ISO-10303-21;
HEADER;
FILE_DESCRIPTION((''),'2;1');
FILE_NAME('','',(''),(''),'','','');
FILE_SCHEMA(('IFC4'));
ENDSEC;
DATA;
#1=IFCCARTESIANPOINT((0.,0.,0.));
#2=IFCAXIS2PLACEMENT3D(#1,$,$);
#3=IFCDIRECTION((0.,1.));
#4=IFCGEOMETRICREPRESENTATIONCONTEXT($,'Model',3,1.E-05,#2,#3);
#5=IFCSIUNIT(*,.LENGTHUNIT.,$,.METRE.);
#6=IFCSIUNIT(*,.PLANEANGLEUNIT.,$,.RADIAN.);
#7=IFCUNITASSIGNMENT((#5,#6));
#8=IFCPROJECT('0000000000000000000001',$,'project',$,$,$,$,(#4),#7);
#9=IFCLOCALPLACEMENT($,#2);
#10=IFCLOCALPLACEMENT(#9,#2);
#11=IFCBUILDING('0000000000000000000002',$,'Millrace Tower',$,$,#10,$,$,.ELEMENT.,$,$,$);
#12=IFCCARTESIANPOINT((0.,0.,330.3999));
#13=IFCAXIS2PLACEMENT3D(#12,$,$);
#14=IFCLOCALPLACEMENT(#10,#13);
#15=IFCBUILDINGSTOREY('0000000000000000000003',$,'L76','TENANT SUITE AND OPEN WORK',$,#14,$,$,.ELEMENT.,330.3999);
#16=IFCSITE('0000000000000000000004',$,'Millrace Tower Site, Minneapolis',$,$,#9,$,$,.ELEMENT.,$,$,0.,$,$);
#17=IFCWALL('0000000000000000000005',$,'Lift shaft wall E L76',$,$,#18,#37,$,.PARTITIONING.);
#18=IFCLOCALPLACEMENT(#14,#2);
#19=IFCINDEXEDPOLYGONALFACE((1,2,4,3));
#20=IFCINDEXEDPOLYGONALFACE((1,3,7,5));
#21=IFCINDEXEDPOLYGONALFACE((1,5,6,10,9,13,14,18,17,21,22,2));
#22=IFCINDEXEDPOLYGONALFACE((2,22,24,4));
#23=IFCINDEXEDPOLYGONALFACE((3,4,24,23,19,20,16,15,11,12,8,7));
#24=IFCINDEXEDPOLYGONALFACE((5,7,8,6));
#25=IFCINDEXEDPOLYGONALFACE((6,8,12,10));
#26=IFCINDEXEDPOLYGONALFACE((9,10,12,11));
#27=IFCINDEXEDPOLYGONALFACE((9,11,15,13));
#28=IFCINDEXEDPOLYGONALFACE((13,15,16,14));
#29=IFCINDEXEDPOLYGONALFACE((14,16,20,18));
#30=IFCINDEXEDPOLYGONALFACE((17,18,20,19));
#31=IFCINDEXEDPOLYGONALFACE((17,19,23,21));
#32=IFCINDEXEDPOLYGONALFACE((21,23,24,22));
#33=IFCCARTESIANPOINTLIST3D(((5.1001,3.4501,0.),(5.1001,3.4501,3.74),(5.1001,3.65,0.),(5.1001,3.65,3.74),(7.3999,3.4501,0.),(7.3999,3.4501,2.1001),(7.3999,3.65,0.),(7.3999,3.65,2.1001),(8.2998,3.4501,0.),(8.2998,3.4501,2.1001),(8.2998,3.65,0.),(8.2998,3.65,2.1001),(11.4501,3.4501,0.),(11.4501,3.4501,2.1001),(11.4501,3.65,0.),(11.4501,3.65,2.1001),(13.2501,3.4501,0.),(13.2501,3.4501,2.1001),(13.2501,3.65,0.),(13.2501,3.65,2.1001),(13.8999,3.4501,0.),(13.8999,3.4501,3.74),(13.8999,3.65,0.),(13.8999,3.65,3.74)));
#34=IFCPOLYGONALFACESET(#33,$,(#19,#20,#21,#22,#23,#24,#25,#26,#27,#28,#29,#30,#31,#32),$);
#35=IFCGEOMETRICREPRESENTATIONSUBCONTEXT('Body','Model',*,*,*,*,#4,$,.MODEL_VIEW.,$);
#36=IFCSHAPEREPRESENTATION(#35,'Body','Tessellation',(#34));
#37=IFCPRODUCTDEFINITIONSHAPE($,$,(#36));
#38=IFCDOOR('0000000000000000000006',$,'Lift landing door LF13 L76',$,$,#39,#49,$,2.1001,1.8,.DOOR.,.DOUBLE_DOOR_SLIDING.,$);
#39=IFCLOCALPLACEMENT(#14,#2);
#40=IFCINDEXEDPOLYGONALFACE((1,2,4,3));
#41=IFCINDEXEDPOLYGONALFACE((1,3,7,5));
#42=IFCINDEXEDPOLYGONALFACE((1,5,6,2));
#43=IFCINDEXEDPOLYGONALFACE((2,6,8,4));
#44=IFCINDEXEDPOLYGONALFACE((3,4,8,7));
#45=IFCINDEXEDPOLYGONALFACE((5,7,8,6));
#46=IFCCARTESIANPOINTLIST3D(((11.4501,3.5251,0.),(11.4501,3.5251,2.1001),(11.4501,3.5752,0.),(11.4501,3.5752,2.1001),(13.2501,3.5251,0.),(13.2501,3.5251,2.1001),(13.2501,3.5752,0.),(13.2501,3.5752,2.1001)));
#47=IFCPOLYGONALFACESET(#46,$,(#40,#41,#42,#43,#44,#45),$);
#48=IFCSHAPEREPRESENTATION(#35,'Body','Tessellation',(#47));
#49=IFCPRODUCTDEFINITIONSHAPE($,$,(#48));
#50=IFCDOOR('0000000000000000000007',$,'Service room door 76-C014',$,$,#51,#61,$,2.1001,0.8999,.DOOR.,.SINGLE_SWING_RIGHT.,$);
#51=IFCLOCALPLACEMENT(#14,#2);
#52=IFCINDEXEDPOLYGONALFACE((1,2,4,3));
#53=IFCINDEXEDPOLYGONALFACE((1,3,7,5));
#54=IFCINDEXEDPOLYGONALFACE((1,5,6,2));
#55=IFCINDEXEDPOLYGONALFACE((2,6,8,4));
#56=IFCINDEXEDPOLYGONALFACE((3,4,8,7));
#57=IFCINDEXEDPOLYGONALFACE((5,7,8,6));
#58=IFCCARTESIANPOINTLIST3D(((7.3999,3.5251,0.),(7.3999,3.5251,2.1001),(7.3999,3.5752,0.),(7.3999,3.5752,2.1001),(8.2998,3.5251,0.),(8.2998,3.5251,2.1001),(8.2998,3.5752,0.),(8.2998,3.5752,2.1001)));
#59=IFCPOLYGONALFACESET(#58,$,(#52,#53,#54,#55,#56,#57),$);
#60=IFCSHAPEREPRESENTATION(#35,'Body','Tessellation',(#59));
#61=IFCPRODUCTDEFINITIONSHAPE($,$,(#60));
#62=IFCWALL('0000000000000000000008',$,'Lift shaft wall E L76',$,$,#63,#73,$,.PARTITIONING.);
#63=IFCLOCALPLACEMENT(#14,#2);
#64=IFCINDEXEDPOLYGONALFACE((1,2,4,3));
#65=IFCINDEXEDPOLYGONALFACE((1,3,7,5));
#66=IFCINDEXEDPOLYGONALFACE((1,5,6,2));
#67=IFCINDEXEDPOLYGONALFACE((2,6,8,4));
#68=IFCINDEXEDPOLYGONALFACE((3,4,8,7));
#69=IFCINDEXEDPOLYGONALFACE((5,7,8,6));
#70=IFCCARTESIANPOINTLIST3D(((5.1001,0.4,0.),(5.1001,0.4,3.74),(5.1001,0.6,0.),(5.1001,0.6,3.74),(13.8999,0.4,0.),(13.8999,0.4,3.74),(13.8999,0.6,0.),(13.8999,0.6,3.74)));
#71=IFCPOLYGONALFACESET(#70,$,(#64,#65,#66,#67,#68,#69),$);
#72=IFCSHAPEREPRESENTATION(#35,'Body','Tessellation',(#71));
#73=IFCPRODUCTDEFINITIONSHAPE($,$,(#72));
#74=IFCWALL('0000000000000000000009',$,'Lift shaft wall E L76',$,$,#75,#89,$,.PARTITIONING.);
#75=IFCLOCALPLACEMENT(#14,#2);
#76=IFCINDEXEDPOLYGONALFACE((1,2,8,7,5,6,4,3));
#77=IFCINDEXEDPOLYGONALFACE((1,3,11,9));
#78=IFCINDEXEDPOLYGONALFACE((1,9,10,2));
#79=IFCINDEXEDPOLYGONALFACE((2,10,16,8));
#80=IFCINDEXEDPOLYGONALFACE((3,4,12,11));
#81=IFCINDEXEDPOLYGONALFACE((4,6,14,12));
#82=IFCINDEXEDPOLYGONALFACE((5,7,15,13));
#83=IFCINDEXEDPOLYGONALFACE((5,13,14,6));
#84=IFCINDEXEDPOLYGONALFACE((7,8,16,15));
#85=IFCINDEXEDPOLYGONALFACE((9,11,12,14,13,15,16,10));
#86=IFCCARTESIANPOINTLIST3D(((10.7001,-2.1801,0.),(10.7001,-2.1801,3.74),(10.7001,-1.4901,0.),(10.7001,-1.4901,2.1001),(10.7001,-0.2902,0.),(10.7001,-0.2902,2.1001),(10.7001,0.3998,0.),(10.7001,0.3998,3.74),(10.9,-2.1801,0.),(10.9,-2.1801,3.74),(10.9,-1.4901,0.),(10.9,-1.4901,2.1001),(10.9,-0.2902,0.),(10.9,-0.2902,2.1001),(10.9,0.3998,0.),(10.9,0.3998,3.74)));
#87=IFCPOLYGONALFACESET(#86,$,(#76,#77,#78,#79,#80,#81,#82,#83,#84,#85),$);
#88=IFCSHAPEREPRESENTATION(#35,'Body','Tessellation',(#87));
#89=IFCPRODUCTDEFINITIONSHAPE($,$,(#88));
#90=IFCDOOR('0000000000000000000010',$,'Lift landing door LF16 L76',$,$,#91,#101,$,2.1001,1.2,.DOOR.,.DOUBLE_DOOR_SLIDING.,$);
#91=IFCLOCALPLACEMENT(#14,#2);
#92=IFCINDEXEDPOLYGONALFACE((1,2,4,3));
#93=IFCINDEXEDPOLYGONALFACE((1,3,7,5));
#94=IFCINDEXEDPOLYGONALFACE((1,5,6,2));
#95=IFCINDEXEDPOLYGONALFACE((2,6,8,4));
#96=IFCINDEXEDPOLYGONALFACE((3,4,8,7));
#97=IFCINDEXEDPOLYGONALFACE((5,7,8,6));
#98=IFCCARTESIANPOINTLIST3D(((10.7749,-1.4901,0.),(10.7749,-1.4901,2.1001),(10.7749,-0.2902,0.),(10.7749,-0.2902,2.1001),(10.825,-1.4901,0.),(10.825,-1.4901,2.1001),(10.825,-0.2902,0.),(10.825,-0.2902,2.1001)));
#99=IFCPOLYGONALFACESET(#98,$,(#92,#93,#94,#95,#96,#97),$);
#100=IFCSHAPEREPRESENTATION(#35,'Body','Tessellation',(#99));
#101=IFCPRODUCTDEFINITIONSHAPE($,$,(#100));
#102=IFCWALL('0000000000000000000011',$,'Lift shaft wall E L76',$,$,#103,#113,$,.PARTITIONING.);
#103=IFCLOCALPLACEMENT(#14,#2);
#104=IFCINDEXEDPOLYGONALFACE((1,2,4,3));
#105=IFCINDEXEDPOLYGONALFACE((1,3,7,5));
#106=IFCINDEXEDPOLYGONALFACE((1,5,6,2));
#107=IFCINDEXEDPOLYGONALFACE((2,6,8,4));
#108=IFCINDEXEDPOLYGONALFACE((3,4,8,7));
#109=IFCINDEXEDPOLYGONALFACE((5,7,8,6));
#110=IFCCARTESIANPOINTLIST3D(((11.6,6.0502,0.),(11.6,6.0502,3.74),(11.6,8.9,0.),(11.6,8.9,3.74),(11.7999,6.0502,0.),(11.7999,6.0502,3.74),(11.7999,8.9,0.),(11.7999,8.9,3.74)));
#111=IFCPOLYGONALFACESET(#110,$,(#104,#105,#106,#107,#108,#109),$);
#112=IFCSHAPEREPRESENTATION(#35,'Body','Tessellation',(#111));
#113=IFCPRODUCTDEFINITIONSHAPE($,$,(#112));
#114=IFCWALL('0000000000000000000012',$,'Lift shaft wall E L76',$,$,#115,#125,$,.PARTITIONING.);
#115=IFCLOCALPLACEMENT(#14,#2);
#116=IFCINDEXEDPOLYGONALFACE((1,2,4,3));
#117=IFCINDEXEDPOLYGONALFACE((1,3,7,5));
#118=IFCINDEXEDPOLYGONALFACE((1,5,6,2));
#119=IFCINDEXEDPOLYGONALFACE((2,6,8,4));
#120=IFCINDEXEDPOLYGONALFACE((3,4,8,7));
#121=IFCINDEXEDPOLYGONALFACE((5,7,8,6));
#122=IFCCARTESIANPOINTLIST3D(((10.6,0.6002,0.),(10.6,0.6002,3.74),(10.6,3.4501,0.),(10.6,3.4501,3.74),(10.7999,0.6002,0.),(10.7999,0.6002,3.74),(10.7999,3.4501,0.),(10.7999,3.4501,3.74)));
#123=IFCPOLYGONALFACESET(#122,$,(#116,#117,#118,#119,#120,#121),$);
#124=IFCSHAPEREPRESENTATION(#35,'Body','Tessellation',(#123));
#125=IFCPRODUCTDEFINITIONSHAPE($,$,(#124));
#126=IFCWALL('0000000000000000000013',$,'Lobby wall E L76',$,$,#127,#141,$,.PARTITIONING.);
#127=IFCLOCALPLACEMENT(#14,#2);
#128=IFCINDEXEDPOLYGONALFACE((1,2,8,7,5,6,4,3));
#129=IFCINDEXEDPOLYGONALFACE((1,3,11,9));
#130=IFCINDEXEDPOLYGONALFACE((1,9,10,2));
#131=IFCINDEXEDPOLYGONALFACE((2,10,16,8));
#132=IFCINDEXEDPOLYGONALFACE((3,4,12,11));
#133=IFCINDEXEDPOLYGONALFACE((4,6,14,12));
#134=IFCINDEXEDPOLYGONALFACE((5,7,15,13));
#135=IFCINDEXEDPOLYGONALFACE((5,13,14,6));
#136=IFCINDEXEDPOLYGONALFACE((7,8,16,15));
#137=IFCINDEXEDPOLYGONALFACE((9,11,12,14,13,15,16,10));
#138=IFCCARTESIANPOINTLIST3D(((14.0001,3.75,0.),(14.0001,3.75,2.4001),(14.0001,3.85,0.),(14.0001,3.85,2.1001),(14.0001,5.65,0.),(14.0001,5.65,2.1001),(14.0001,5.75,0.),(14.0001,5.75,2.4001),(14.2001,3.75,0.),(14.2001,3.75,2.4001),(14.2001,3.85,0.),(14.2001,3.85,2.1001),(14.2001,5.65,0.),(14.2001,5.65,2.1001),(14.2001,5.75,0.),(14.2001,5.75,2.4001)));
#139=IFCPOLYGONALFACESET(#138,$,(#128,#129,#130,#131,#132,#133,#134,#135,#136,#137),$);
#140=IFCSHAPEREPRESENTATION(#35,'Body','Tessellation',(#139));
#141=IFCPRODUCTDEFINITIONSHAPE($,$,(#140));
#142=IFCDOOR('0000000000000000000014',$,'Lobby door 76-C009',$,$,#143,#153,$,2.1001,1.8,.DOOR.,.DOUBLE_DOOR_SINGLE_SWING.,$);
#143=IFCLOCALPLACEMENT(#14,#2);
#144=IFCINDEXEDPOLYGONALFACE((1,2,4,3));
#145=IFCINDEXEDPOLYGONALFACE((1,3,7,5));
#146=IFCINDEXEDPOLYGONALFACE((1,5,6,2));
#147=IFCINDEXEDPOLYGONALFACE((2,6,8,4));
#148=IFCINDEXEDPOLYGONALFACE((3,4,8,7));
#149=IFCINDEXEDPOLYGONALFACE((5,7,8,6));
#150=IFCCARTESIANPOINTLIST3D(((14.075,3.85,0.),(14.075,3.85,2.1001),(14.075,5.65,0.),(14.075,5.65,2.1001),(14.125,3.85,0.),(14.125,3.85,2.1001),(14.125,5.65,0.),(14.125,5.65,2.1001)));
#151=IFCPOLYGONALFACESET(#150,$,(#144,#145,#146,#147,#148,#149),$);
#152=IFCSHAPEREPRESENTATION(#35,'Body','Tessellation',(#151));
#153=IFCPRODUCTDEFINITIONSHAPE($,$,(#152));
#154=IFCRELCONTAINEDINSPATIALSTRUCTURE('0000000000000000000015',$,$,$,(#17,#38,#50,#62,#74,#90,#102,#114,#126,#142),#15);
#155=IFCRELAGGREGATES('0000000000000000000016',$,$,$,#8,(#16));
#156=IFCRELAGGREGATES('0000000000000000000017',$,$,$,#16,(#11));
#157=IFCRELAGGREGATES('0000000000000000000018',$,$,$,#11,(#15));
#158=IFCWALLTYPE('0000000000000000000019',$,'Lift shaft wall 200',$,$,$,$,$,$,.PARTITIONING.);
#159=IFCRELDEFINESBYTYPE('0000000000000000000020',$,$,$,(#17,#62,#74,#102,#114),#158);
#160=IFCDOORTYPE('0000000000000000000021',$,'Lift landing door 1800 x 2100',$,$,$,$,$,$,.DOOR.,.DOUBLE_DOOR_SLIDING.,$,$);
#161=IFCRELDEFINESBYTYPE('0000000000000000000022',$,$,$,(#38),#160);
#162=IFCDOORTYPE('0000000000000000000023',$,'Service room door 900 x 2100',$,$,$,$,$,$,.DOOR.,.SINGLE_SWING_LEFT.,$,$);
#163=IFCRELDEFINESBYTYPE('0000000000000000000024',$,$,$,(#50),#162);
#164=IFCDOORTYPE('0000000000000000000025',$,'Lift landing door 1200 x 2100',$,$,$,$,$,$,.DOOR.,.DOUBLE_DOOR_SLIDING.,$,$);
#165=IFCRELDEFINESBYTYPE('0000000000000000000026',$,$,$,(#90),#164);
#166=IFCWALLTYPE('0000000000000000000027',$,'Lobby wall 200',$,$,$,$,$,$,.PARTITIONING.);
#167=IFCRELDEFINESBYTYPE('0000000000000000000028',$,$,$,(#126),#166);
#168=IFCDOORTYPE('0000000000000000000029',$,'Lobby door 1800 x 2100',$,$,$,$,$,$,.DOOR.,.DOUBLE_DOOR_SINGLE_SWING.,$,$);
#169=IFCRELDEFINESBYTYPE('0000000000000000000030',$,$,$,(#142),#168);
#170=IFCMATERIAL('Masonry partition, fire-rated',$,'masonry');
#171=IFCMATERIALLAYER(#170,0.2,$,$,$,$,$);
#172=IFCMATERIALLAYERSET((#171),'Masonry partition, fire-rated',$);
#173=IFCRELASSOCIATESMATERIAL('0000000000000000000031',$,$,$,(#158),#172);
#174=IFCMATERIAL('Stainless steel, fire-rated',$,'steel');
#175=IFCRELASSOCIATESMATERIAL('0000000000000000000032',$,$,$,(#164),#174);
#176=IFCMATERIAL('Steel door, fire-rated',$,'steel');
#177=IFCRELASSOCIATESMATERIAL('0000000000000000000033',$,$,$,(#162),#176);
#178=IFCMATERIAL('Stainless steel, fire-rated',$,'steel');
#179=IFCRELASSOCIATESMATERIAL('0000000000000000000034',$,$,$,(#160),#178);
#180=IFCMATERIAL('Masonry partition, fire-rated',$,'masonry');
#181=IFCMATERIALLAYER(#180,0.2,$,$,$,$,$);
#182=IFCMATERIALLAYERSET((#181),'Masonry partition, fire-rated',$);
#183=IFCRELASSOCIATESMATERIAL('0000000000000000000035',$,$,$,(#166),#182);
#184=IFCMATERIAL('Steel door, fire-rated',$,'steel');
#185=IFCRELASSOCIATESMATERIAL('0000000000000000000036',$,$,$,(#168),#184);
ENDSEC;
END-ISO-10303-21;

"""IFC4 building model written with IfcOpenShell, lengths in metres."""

from ifc_helpers import new_model, si_unit, direction, frame, frame_2d, origin, place, context, subcontext, project, spatial, rectangle, extrude, material, layer, layer_set, type_object, element, fill, save


model = new_model("IFC4")

# Units and contexts
model_context = context("Model", 3, precision=1e-05, world=origin(), true_north=direction((0.0, 1.0)))
body_context = subcontext(model_context, "Body", "Model", "MODEL_VIEW")
ifc_project = project(units=[si_unit("LENGTHUNIT", "METRE"), si_unit("PLANEANGLEUNIT", "RADIAN")], contexts=[model_context])

# Site, building, storey
site_placement = place(None, origin())
site = spatial("IfcSite", under=ifc_project, at=site_placement, Name="Millrace Tower Site, Minneapolis", CompositionType="ELEMENT", RefElevation=0.0)
building_placement = place(site_placement, origin())
building = spatial("IfcBuilding", under=site, at=building_placement, Name="Millrace Tower", CompositionType="ELEMENT")
storey_placement = place(building_placement, frame((0.0, 0.0, 330.3999)))
storey = spatial("IfcBuildingStorey", under=building, at=storey_placement, Name="L76", Description="TENANT SUITE AND OPEN WORK", CompositionType="ELEMENT", Elevation=330.3999)

# Wall, openings, doors
ifc_material_1 = material(Name="Masonry partition, fire-rated", Category="masonry")
ifc_layer_1 = layer(ifc_material_1, 0.2)
ifc_layer_set_1 = layer_set([ifc_layer_1], Name="Masonry partition, fire-rated")
wall_type_1 = type_object("IfcWallType", Name="Lift shaft wall 200", PredefinedType="PARTITIONING", material=ifc_layer_set_1)
ifc_material_2 = material(Name="Stainless steel, fire-rated", Category="steel")
door_type_1 = type_object("IfcDoorType", Name="Lift landing door 1200 x 2100", OperationType="DOUBLE_DOOR_SLIDING", PredefinedType="DOOR", material=ifc_material_2)
ifc_material_3 = material(Name="Steel door, fire-rated", Category="steel")
door_type_2 = type_object("IfcDoorType", Name="Service room door 900 x 2100", OperationType="SINGLE_SWING_LEFT", PredefinedType="DOOR", material=ifc_material_3)
wall_1_placement = place(storey_placement, frame((13.8999, 3.55, 0.0), z_axis=(0.0, 0.0, 1.0), x_axis=(-1.0, 0.0, 0.0)))
wall_1 = element("IfcWall", 1, at=wall_1_placement, inside=storey, type_object=wall_type_1, Name="Lift shaft wall E L76", PredefinedType="PARTITIONING", context=body_context, shape_type="SweptSolid", body=[
    extrude(rectangle(XDim=8.7998, YDim=0.2, at=frame_2d((4.3999, 0.0))), origin(), (0.0, 0.0, 1.0), 3.74),
])
opening_1_placement = place(wall_1_placement, frame((0.6499, 0.0, 0.0)))
opening_1 = element("IfcOpeningElement", 2, at=opening_1_placement, cuts=wall_1, PredefinedType="OPENING", context=body_context, shape_type="SweptSolid", body=[
    extrude(rectangle(XDim=1.8, YDim=2.1001, at=frame_2d((0.8999, 1.05))), frame((0.0, 0.1099, 0.0), z_axis=(0.0, -1.0, 0.0), x_axis=(1.0, 0.0, 0.0)), (0.0, 0.0, 1.0), 0.22),
])
opening_2_placement = place(wall_1_placement, frame((5.6001, 0.0, 0.0)))
opening_2 = element("IfcOpeningElement", 3, at=opening_2_placement, cuts=wall_1, PredefinedType="OPENING", context=body_context, shape_type="SweptSolid", body=[
    extrude(rectangle(XDim=0.8999, YDim=2.1001, at=frame_2d((0.45, 1.05))), frame((0.0, 0.1099, 0.0), z_axis=(0.0, -1.0, 0.0), x_axis=(1.0, 0.0, 0.0)), (0.0, 0.0, 1.0), 0.22),
])
ifc_material_4 = material(Name="Stainless steel, fire-rated", Category="steel")
door_type_3 = type_object("IfcDoorType", Name="Lift landing door 1800 x 2100", OperationType="DOUBLE_DOOR_SLIDING", PredefinedType="DOOR", material=ifc_material_4)
door_1_placement = place(opening_1_placement, origin())
door_1 = element("IfcDoor", 4, at=door_1_placement, inside=storey, type_object=door_type_3, Name="Lift landing door LF13 L76", OperationType="DOUBLE_DOOR_SLIDING", OverallHeight=2.1001, OverallWidth=1.8, PredefinedType="DOOR", context=body_context, shape_type="SweptSolid", body=[
    extrude(rectangle(XDim=1.8, YDim=2.1001, at=frame_2d((0.8999, 1.05))), frame((0.0, 0.0249, 0.0), z_axis=(0.0, -1.0, 0.0), x_axis=(1.0, 0.0, 0.0)), (0.0, 0.0, 1.0), 0.05),
])
fill(opening_1, door_1)
door_2_placement = place(opening_2_placement, origin())
door_2 = element("IfcDoor", 5, at=door_2_placement, inside=storey, type_object=door_type_2, Name="Service room door 76-C014", OperationType="SINGLE_SWING_RIGHT", OverallHeight=2.1001, OverallWidth=0.8999, PredefinedType="DOOR", context=body_context, shape_type="SweptSolid", body=[
    extrude(rectangle(XDim=0.8999, YDim=2.1001, at=frame_2d((0.45, 1.05))), frame((0.0, 0.0249, 0.0), z_axis=(0.0, -1.0, 0.0), x_axis=(1.0, 0.0, 0.0)), (0.0, 0.0, 1.0), 0.05),
])
fill(opening_2, door_2)

# Wall
wall_2_placement = place(storey_placement, frame((13.8999, 0.5, 0.0), z_axis=(0.0, 0.0, 1.0), x_axis=(-1.0, 0.0, 0.0)))
element("IfcWall", 6, at=wall_2_placement, inside=storey, type_object=wall_type_1, Name="Lift shaft wall E L76", PredefinedType="PARTITIONING", context=body_context, shape_type="SweptSolid", body=[
    extrude(rectangle(XDim=8.7998, YDim=0.2, at=frame_2d((4.3999, 0.0))), origin(), (0.0, 0.0, 1.0), 3.74),
])

# Wall, opening, door
wall_3_placement = place(storey_placement, frame((10.8, 0.3999, 0.0), z_axis=(0.0, 0.0, 1.0), x_axis=(0.0, -1.0, 0.0)))
wall_3 = element("IfcWall", 7, at=wall_3_placement, inside=storey, type_object=wall_type_1, Name="Lift shaft wall E L76", PredefinedType="PARTITIONING", context=body_context, shape_type="SweptSolid", body=[
    extrude(rectangle(XDim=2.5798, YDim=0.2, at=frame_2d((1.29, 0.0))), origin(), (0.0, 0.0, 1.0), 3.74),
])
opening_3_placement = place(wall_3_placement, frame((0.6899, 0.0, 0.0)))
opening_3 = element("IfcOpeningElement", 8, at=opening_3_placement, cuts=wall_3, PredefinedType="OPENING", context=body_context, shape_type="SweptSolid", body=[
    extrude(rectangle(XDim=1.2, YDim=2.1001, at=frame_2d((0.6001, 1.05))), frame((0.0, 0.1099, 0.0), z_axis=(0.0, -1.0, 0.0), x_axis=(1.0, 0.0, 0.0)), (0.0, 0.0, 1.0), 0.22),
])
door_3_placement = place(opening_3_placement, origin())
door_3 = element("IfcDoor", 9, at=door_3_placement, inside=storey, type_object=door_type_1, Name="Lift landing door LF16 L76", OperationType="DOUBLE_DOOR_SLIDING", OverallHeight=2.1001, OverallWidth=1.2, PredefinedType="DOOR", context=body_context, shape_type="SweptSolid", body=[
    extrude(rectangle(XDim=1.2, YDim=2.1001, at=frame_2d((0.6001, 1.05))), frame((0.0, 0.0249, 0.0), z_axis=(0.0, -1.0, 0.0), x_axis=(1.0, 0.0, 0.0)), (0.0, 0.0, 1.0), 0.05),
])
fill(opening_3, door_3)

# Walls
for number, where, z_axis, x_axis, name in (
    (10, (11.7, 8.8999, 0.0), (0.0, 0.0, 1.0), (0.0, -1.0, 0.0), "Lift shaft wall E L76"),
    (11, (10.7, 3.45, 0.0), (0.0, 0.0, 1.0), (0.0, -1.0, 0.0), "Lift shaft wall E L76"),
):
    element("IfcWall", number, at=place(storey_placement, frame(where, z_axis=z_axis, x_axis=x_axis)), inside=storey, type_object=wall_type_1, Name=name, PredefinedType="PARTITIONING", context=body_context, shape_type="SweptSolid", body=[
        extrude(rectangle(XDim=2.8499, YDim=0.2, at=frame_2d((1.4248, 0.0))), origin(), (0.0, 0.0, 1.0), 3.74),
    ])

# Wall, opening, door
ifc_material_5 = material(Name="Masonry partition, fire-rated", Category="masonry")
ifc_layer_2 = layer(ifc_material_5, 0.2)
ifc_layer_set_2 = layer_set([ifc_layer_2], Name="Masonry partition, fire-rated")
wall_type_2 = type_object("IfcWallType", Name="Lobby wall 200", PredefinedType="PARTITIONING", material=ifc_layer_set_2)
wall_4_placement = place(storey_placement, frame((14.1001, 5.75, 0.0), z_axis=(0.0, 0.0, 1.0), x_axis=(0.0, -1.0, 0.0)))
wall_4 = element("IfcWall", 12, at=wall_4_placement, inside=storey, type_object=wall_type_2, Name="Lobby wall E L76", PredefinedType="PARTITIONING", context=body_context, shape_type="SweptSolid", body=[
    extrude(rectangle(XDim=2.0, YDim=0.2, at=frame_2d((1.0, 0.0))), origin(), (0.0, 0.0, 1.0), 2.4001),
])
opening_4_placement = place(wall_4_placement, frame((0.1001, 0.0, 0.0)))
opening_4 = element("IfcOpeningElement", 13, at=opening_4_placement, cuts=wall_4, PredefinedType="OPENING", context=body_context, shape_type="SweptSolid", body=[
    extrude(rectangle(XDim=1.8, YDim=2.1001, at=frame_2d((0.8999, 1.05))), frame((0.0, 0.1099, 0.0), z_axis=(0.0, -1.0, 0.0), x_axis=(1.0, 0.0, 0.0)), (0.0, 0.0, 1.0), 0.22),
])
ifc_material_6 = material(Name="Steel door, fire-rated", Category="steel")
door_type_4 = type_object("IfcDoorType", Name="Lobby door 1800 x 2100", OperationType="DOUBLE_DOOR_SINGLE_SWING", PredefinedType="DOOR", material=ifc_material_6)
door_4_placement = place(opening_4_placement, origin())
door_4 = element("IfcDoor", 14, at=door_4_placement, inside=storey, type_object=door_type_4, Name="Lobby door 76-C009", OperationType="DOUBLE_DOOR_SINGLE_SWING", OverallHeight=2.1001, OverallWidth=1.8, PredefinedType="DOOR", context=body_context, shape_type="SweptSolid", body=[
    extrude(rectangle(XDim=1.8, YDim=2.1001, at=frame_2d((0.8999, 1.05))), frame((0.0, 0.0249, 0.0), z_axis=(0.0, -1.0, 0.0), x_axis=(1.0, 0.0, 0.0)), (0.0, 0.0, 1.0), 0.05),
])
fill(opening_4, door_4)

save(model, "model.ifc")
